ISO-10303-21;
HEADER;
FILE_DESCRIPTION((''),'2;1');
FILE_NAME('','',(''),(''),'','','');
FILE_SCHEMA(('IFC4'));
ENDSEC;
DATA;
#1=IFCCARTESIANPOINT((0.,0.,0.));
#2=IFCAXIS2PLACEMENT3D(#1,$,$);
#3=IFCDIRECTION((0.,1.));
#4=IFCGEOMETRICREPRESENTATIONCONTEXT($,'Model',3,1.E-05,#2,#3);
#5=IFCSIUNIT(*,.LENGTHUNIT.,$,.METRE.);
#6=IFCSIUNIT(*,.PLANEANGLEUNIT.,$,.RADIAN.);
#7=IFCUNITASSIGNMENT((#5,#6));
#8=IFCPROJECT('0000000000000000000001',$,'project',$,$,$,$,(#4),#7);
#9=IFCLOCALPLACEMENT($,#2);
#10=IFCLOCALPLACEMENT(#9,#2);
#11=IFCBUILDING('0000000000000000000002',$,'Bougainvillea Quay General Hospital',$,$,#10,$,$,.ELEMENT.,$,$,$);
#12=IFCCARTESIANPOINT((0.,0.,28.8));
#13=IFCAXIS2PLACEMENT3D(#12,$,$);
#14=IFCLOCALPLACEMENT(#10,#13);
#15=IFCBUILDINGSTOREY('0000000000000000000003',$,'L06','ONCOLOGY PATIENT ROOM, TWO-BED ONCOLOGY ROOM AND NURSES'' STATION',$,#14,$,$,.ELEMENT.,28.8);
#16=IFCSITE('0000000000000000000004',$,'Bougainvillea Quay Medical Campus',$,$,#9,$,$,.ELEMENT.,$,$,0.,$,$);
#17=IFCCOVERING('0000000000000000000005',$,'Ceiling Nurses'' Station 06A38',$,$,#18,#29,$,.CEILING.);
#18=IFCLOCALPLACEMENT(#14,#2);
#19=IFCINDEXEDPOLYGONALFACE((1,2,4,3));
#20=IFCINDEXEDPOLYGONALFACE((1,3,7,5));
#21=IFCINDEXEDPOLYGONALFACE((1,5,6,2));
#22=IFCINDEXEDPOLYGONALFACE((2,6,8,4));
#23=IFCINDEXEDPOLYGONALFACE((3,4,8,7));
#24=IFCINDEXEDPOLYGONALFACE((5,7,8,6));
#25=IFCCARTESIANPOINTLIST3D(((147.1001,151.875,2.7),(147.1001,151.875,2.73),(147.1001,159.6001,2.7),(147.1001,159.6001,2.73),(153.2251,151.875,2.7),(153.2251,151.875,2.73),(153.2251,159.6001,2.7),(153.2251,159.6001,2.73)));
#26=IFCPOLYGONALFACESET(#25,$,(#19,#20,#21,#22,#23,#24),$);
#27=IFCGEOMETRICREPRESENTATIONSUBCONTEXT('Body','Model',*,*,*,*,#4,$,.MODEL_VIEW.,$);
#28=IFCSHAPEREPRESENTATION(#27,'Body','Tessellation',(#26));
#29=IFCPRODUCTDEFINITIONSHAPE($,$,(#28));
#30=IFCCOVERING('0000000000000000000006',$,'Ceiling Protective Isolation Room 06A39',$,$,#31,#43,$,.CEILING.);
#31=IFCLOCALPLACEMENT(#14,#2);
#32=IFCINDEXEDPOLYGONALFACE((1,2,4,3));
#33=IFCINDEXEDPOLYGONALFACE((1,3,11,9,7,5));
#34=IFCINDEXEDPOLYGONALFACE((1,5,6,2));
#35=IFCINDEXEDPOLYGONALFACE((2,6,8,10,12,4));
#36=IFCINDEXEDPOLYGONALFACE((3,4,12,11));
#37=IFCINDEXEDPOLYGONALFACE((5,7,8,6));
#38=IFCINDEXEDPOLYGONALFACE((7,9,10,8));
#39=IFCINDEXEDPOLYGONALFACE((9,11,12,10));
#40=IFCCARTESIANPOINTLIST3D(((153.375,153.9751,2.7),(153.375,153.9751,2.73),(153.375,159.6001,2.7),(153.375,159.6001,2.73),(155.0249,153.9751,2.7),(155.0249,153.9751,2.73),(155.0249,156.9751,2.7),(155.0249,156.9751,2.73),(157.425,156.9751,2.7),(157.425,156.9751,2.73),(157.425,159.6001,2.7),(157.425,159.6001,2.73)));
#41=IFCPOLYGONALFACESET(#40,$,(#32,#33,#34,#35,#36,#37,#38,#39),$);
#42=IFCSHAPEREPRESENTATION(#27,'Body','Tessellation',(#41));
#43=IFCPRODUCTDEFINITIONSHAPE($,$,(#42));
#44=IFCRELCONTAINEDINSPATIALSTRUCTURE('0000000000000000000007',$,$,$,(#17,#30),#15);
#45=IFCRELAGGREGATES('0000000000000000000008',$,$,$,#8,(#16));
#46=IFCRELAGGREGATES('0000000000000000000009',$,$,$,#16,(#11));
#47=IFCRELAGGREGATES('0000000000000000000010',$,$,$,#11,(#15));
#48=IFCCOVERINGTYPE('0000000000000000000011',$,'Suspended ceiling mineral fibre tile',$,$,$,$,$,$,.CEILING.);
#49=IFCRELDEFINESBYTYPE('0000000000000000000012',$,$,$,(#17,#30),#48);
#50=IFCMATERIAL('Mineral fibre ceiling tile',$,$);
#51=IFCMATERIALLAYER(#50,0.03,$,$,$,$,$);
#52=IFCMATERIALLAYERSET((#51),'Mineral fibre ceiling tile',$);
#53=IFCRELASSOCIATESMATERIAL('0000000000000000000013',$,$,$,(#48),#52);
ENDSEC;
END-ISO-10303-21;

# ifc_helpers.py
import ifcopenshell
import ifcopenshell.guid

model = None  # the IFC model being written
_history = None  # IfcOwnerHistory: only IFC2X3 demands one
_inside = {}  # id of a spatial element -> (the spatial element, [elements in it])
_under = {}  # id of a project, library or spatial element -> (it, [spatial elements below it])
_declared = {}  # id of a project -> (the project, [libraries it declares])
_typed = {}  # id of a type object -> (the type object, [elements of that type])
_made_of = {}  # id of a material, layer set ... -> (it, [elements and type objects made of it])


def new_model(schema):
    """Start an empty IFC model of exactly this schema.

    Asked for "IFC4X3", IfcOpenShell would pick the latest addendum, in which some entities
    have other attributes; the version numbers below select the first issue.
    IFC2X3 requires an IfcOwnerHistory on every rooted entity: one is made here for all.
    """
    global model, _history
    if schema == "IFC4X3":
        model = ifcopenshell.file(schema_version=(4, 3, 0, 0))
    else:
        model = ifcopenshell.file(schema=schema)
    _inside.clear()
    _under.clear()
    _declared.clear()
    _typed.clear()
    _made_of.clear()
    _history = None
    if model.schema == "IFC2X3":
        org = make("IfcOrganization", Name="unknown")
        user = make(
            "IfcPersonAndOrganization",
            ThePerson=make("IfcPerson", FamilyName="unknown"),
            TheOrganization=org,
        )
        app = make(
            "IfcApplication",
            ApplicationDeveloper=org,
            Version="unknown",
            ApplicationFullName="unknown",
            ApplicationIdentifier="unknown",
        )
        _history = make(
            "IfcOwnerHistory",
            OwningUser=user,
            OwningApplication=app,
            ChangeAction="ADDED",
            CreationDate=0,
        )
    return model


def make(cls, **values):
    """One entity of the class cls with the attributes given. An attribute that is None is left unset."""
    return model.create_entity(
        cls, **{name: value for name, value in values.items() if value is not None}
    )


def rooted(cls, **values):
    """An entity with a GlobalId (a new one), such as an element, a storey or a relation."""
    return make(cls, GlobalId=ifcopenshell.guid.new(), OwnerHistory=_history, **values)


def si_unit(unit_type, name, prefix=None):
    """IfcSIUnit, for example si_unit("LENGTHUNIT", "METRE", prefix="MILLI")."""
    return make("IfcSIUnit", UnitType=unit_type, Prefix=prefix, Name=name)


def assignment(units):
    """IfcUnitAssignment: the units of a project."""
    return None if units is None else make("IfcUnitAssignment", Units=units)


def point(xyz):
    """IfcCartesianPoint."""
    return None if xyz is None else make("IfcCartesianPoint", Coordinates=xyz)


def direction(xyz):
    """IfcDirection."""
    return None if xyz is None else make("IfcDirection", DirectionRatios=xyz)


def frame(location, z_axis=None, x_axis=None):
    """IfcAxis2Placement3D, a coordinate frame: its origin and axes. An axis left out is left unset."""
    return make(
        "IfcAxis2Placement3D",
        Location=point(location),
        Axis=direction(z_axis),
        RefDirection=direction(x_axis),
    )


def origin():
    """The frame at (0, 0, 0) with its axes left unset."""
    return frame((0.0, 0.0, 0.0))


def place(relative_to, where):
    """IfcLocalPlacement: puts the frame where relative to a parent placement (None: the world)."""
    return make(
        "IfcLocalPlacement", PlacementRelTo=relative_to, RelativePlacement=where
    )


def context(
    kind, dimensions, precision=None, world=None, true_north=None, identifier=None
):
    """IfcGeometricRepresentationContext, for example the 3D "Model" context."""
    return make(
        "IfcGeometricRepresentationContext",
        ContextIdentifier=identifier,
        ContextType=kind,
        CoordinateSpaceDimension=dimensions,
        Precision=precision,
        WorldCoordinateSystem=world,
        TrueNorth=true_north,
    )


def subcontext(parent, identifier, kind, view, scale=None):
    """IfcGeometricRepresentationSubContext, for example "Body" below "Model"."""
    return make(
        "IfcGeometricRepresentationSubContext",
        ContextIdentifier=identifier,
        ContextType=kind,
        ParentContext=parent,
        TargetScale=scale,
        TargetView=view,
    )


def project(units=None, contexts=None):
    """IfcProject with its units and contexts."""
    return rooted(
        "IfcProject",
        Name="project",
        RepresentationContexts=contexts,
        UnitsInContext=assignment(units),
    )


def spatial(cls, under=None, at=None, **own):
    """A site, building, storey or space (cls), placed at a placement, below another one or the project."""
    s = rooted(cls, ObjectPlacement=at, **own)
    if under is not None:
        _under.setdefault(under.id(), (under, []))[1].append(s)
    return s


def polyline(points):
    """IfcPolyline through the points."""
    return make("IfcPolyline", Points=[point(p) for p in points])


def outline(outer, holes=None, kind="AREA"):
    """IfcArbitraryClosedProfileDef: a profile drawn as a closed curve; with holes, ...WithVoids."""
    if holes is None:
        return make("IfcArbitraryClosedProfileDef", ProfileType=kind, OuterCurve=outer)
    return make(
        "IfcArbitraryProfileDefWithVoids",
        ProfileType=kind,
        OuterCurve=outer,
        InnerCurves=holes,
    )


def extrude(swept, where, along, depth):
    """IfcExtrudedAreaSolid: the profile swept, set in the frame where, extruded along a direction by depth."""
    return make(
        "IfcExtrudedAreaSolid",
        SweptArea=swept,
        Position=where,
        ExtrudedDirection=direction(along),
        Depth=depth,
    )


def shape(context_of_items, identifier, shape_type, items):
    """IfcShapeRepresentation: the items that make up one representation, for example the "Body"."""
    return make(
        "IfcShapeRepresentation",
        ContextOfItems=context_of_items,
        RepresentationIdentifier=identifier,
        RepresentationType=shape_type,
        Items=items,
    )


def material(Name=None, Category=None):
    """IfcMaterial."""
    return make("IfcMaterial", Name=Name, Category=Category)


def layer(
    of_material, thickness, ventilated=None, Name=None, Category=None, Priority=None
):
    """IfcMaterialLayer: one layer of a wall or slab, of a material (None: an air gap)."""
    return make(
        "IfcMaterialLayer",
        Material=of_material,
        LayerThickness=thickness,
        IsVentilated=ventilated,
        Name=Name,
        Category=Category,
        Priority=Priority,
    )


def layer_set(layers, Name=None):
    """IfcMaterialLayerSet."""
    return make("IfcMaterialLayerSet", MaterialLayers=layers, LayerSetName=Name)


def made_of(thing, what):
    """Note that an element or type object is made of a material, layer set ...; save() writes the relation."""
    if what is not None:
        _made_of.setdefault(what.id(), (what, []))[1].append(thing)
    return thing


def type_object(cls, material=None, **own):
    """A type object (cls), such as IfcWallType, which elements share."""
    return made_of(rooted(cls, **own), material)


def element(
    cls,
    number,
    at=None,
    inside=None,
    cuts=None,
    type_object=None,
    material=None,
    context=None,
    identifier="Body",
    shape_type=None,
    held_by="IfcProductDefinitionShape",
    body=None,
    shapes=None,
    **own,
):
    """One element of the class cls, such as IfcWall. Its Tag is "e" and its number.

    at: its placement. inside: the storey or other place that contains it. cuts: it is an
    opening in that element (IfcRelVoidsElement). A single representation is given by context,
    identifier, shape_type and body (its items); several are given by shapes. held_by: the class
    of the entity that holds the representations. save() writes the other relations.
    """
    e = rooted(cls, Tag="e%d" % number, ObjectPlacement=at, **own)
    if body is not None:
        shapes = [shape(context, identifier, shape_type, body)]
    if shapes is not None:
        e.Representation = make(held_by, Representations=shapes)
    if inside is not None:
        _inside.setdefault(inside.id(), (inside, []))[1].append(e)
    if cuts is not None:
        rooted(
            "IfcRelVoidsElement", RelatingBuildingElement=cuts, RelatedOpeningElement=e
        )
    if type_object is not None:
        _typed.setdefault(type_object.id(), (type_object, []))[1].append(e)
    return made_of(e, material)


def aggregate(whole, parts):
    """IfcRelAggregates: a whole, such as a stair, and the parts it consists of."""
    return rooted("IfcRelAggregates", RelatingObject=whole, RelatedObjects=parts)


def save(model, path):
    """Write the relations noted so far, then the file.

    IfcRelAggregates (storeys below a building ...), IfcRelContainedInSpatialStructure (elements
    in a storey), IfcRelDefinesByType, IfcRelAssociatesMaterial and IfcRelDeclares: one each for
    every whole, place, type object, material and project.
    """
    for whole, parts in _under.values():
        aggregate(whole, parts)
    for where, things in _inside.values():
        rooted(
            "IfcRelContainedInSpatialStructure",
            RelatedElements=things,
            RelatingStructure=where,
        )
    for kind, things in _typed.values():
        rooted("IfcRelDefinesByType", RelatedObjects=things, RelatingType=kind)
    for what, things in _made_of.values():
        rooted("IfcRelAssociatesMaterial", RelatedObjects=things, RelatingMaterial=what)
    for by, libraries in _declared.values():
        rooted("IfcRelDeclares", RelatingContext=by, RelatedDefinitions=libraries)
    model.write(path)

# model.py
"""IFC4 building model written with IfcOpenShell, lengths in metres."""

from ifc_helpers import new_model, si_unit, direction, frame, origin, place, context, subcontext, project, spatial, polyline, outline, extrude, material, layer, layer_set, type_object, element, save


model = new_model("IFC4")

# Units and contexts
model_context = context("Model", 3, precision=1e-05, world=origin(), true_north=direction((0.0, 1.0)))
body_context = subcontext(model_context, "Body", "Model", "MODEL_VIEW")
ifc_project = project(units=[si_unit("LENGTHUNIT", "METRE"), si_unit("PLANEANGLEUNIT", "RADIAN")], contexts=[model_context])

# Site, building, storey
site_placement = place(None, origin())
site = spatial("IfcSite", under=ifc_project, at=site_placement, Name="Bougainvillea Quay Medical Campus", CompositionType="ELEMENT", RefElevation=0.0)
building_placement = place(site_placement, origin())
building = spatial("IfcBuilding", under=site, at=building_placement, Name="Bougainvillea Quay General Hospital", CompositionType="ELEMENT")
storey_placement = place(building_placement, frame((0.0, 0.0, 28.8)))
storey = spatial("IfcBuildingStorey", under=building, at=storey_placement, Name="L06", Description="ONCOLOGY PATIENT ROOM, TWO-BED ONCOLOGY ROOM AND NURSES' STATION", CompositionType="ELEMENT", Elevation=28.8)

# Coverings
ifc_material = material(Name="Mineral fibre ceiling tile")
ifc_layer = layer(ifc_material, 0.03)
ifc_layer_set = layer_set([ifc_layer], Name="Mineral fibre ceiling tile")
covering_type = type_object("IfcCoveringType", Name="Suspended ceiling mineral fibre tile", PredefinedType="CEILING", material=ifc_layer_set)
covering_1_placement = place(storey_placement, frame((0.0, 0.0, 2.7)))
element("IfcCovering", 1, at=covering_1_placement, inside=storey, type_object=covering_type, Name="Ceiling Nurses' Station 06A38", PredefinedType="CEILING", context=body_context, shape_type="SweptSolid", body=[
    extrude(outline(polyline([(147.1001, 159.6001), (147.1001, 151.875), (153.2251, 151.875), (153.2251, 159.6001), (147.1001, 159.6001)])), origin(), (0.0, 0.0, 1.0), 0.03),
])
covering_2_placement = place(storey_placement, frame((0.0, 0.0, 2.7)))
element("IfcCovering", 2, at=covering_2_placement, inside=storey, type_object=covering_type, Name="Ceiling Protective Isolation Room 06A39", PredefinedType="CEILING", context=body_context, shape_type="SweptSolid", body=[
    extrude(outline(polyline([(153.375, 159.6001), (153.375, 153.9751), (155.0249, 153.9751), (155.0249, 156.9751), (157.425, 156.9751), (157.425, 159.6001), (153.375, 159.6001)])), origin(), (0.0, 0.0, 1.0), 0.03),
])

save(model, "model.ifc")
